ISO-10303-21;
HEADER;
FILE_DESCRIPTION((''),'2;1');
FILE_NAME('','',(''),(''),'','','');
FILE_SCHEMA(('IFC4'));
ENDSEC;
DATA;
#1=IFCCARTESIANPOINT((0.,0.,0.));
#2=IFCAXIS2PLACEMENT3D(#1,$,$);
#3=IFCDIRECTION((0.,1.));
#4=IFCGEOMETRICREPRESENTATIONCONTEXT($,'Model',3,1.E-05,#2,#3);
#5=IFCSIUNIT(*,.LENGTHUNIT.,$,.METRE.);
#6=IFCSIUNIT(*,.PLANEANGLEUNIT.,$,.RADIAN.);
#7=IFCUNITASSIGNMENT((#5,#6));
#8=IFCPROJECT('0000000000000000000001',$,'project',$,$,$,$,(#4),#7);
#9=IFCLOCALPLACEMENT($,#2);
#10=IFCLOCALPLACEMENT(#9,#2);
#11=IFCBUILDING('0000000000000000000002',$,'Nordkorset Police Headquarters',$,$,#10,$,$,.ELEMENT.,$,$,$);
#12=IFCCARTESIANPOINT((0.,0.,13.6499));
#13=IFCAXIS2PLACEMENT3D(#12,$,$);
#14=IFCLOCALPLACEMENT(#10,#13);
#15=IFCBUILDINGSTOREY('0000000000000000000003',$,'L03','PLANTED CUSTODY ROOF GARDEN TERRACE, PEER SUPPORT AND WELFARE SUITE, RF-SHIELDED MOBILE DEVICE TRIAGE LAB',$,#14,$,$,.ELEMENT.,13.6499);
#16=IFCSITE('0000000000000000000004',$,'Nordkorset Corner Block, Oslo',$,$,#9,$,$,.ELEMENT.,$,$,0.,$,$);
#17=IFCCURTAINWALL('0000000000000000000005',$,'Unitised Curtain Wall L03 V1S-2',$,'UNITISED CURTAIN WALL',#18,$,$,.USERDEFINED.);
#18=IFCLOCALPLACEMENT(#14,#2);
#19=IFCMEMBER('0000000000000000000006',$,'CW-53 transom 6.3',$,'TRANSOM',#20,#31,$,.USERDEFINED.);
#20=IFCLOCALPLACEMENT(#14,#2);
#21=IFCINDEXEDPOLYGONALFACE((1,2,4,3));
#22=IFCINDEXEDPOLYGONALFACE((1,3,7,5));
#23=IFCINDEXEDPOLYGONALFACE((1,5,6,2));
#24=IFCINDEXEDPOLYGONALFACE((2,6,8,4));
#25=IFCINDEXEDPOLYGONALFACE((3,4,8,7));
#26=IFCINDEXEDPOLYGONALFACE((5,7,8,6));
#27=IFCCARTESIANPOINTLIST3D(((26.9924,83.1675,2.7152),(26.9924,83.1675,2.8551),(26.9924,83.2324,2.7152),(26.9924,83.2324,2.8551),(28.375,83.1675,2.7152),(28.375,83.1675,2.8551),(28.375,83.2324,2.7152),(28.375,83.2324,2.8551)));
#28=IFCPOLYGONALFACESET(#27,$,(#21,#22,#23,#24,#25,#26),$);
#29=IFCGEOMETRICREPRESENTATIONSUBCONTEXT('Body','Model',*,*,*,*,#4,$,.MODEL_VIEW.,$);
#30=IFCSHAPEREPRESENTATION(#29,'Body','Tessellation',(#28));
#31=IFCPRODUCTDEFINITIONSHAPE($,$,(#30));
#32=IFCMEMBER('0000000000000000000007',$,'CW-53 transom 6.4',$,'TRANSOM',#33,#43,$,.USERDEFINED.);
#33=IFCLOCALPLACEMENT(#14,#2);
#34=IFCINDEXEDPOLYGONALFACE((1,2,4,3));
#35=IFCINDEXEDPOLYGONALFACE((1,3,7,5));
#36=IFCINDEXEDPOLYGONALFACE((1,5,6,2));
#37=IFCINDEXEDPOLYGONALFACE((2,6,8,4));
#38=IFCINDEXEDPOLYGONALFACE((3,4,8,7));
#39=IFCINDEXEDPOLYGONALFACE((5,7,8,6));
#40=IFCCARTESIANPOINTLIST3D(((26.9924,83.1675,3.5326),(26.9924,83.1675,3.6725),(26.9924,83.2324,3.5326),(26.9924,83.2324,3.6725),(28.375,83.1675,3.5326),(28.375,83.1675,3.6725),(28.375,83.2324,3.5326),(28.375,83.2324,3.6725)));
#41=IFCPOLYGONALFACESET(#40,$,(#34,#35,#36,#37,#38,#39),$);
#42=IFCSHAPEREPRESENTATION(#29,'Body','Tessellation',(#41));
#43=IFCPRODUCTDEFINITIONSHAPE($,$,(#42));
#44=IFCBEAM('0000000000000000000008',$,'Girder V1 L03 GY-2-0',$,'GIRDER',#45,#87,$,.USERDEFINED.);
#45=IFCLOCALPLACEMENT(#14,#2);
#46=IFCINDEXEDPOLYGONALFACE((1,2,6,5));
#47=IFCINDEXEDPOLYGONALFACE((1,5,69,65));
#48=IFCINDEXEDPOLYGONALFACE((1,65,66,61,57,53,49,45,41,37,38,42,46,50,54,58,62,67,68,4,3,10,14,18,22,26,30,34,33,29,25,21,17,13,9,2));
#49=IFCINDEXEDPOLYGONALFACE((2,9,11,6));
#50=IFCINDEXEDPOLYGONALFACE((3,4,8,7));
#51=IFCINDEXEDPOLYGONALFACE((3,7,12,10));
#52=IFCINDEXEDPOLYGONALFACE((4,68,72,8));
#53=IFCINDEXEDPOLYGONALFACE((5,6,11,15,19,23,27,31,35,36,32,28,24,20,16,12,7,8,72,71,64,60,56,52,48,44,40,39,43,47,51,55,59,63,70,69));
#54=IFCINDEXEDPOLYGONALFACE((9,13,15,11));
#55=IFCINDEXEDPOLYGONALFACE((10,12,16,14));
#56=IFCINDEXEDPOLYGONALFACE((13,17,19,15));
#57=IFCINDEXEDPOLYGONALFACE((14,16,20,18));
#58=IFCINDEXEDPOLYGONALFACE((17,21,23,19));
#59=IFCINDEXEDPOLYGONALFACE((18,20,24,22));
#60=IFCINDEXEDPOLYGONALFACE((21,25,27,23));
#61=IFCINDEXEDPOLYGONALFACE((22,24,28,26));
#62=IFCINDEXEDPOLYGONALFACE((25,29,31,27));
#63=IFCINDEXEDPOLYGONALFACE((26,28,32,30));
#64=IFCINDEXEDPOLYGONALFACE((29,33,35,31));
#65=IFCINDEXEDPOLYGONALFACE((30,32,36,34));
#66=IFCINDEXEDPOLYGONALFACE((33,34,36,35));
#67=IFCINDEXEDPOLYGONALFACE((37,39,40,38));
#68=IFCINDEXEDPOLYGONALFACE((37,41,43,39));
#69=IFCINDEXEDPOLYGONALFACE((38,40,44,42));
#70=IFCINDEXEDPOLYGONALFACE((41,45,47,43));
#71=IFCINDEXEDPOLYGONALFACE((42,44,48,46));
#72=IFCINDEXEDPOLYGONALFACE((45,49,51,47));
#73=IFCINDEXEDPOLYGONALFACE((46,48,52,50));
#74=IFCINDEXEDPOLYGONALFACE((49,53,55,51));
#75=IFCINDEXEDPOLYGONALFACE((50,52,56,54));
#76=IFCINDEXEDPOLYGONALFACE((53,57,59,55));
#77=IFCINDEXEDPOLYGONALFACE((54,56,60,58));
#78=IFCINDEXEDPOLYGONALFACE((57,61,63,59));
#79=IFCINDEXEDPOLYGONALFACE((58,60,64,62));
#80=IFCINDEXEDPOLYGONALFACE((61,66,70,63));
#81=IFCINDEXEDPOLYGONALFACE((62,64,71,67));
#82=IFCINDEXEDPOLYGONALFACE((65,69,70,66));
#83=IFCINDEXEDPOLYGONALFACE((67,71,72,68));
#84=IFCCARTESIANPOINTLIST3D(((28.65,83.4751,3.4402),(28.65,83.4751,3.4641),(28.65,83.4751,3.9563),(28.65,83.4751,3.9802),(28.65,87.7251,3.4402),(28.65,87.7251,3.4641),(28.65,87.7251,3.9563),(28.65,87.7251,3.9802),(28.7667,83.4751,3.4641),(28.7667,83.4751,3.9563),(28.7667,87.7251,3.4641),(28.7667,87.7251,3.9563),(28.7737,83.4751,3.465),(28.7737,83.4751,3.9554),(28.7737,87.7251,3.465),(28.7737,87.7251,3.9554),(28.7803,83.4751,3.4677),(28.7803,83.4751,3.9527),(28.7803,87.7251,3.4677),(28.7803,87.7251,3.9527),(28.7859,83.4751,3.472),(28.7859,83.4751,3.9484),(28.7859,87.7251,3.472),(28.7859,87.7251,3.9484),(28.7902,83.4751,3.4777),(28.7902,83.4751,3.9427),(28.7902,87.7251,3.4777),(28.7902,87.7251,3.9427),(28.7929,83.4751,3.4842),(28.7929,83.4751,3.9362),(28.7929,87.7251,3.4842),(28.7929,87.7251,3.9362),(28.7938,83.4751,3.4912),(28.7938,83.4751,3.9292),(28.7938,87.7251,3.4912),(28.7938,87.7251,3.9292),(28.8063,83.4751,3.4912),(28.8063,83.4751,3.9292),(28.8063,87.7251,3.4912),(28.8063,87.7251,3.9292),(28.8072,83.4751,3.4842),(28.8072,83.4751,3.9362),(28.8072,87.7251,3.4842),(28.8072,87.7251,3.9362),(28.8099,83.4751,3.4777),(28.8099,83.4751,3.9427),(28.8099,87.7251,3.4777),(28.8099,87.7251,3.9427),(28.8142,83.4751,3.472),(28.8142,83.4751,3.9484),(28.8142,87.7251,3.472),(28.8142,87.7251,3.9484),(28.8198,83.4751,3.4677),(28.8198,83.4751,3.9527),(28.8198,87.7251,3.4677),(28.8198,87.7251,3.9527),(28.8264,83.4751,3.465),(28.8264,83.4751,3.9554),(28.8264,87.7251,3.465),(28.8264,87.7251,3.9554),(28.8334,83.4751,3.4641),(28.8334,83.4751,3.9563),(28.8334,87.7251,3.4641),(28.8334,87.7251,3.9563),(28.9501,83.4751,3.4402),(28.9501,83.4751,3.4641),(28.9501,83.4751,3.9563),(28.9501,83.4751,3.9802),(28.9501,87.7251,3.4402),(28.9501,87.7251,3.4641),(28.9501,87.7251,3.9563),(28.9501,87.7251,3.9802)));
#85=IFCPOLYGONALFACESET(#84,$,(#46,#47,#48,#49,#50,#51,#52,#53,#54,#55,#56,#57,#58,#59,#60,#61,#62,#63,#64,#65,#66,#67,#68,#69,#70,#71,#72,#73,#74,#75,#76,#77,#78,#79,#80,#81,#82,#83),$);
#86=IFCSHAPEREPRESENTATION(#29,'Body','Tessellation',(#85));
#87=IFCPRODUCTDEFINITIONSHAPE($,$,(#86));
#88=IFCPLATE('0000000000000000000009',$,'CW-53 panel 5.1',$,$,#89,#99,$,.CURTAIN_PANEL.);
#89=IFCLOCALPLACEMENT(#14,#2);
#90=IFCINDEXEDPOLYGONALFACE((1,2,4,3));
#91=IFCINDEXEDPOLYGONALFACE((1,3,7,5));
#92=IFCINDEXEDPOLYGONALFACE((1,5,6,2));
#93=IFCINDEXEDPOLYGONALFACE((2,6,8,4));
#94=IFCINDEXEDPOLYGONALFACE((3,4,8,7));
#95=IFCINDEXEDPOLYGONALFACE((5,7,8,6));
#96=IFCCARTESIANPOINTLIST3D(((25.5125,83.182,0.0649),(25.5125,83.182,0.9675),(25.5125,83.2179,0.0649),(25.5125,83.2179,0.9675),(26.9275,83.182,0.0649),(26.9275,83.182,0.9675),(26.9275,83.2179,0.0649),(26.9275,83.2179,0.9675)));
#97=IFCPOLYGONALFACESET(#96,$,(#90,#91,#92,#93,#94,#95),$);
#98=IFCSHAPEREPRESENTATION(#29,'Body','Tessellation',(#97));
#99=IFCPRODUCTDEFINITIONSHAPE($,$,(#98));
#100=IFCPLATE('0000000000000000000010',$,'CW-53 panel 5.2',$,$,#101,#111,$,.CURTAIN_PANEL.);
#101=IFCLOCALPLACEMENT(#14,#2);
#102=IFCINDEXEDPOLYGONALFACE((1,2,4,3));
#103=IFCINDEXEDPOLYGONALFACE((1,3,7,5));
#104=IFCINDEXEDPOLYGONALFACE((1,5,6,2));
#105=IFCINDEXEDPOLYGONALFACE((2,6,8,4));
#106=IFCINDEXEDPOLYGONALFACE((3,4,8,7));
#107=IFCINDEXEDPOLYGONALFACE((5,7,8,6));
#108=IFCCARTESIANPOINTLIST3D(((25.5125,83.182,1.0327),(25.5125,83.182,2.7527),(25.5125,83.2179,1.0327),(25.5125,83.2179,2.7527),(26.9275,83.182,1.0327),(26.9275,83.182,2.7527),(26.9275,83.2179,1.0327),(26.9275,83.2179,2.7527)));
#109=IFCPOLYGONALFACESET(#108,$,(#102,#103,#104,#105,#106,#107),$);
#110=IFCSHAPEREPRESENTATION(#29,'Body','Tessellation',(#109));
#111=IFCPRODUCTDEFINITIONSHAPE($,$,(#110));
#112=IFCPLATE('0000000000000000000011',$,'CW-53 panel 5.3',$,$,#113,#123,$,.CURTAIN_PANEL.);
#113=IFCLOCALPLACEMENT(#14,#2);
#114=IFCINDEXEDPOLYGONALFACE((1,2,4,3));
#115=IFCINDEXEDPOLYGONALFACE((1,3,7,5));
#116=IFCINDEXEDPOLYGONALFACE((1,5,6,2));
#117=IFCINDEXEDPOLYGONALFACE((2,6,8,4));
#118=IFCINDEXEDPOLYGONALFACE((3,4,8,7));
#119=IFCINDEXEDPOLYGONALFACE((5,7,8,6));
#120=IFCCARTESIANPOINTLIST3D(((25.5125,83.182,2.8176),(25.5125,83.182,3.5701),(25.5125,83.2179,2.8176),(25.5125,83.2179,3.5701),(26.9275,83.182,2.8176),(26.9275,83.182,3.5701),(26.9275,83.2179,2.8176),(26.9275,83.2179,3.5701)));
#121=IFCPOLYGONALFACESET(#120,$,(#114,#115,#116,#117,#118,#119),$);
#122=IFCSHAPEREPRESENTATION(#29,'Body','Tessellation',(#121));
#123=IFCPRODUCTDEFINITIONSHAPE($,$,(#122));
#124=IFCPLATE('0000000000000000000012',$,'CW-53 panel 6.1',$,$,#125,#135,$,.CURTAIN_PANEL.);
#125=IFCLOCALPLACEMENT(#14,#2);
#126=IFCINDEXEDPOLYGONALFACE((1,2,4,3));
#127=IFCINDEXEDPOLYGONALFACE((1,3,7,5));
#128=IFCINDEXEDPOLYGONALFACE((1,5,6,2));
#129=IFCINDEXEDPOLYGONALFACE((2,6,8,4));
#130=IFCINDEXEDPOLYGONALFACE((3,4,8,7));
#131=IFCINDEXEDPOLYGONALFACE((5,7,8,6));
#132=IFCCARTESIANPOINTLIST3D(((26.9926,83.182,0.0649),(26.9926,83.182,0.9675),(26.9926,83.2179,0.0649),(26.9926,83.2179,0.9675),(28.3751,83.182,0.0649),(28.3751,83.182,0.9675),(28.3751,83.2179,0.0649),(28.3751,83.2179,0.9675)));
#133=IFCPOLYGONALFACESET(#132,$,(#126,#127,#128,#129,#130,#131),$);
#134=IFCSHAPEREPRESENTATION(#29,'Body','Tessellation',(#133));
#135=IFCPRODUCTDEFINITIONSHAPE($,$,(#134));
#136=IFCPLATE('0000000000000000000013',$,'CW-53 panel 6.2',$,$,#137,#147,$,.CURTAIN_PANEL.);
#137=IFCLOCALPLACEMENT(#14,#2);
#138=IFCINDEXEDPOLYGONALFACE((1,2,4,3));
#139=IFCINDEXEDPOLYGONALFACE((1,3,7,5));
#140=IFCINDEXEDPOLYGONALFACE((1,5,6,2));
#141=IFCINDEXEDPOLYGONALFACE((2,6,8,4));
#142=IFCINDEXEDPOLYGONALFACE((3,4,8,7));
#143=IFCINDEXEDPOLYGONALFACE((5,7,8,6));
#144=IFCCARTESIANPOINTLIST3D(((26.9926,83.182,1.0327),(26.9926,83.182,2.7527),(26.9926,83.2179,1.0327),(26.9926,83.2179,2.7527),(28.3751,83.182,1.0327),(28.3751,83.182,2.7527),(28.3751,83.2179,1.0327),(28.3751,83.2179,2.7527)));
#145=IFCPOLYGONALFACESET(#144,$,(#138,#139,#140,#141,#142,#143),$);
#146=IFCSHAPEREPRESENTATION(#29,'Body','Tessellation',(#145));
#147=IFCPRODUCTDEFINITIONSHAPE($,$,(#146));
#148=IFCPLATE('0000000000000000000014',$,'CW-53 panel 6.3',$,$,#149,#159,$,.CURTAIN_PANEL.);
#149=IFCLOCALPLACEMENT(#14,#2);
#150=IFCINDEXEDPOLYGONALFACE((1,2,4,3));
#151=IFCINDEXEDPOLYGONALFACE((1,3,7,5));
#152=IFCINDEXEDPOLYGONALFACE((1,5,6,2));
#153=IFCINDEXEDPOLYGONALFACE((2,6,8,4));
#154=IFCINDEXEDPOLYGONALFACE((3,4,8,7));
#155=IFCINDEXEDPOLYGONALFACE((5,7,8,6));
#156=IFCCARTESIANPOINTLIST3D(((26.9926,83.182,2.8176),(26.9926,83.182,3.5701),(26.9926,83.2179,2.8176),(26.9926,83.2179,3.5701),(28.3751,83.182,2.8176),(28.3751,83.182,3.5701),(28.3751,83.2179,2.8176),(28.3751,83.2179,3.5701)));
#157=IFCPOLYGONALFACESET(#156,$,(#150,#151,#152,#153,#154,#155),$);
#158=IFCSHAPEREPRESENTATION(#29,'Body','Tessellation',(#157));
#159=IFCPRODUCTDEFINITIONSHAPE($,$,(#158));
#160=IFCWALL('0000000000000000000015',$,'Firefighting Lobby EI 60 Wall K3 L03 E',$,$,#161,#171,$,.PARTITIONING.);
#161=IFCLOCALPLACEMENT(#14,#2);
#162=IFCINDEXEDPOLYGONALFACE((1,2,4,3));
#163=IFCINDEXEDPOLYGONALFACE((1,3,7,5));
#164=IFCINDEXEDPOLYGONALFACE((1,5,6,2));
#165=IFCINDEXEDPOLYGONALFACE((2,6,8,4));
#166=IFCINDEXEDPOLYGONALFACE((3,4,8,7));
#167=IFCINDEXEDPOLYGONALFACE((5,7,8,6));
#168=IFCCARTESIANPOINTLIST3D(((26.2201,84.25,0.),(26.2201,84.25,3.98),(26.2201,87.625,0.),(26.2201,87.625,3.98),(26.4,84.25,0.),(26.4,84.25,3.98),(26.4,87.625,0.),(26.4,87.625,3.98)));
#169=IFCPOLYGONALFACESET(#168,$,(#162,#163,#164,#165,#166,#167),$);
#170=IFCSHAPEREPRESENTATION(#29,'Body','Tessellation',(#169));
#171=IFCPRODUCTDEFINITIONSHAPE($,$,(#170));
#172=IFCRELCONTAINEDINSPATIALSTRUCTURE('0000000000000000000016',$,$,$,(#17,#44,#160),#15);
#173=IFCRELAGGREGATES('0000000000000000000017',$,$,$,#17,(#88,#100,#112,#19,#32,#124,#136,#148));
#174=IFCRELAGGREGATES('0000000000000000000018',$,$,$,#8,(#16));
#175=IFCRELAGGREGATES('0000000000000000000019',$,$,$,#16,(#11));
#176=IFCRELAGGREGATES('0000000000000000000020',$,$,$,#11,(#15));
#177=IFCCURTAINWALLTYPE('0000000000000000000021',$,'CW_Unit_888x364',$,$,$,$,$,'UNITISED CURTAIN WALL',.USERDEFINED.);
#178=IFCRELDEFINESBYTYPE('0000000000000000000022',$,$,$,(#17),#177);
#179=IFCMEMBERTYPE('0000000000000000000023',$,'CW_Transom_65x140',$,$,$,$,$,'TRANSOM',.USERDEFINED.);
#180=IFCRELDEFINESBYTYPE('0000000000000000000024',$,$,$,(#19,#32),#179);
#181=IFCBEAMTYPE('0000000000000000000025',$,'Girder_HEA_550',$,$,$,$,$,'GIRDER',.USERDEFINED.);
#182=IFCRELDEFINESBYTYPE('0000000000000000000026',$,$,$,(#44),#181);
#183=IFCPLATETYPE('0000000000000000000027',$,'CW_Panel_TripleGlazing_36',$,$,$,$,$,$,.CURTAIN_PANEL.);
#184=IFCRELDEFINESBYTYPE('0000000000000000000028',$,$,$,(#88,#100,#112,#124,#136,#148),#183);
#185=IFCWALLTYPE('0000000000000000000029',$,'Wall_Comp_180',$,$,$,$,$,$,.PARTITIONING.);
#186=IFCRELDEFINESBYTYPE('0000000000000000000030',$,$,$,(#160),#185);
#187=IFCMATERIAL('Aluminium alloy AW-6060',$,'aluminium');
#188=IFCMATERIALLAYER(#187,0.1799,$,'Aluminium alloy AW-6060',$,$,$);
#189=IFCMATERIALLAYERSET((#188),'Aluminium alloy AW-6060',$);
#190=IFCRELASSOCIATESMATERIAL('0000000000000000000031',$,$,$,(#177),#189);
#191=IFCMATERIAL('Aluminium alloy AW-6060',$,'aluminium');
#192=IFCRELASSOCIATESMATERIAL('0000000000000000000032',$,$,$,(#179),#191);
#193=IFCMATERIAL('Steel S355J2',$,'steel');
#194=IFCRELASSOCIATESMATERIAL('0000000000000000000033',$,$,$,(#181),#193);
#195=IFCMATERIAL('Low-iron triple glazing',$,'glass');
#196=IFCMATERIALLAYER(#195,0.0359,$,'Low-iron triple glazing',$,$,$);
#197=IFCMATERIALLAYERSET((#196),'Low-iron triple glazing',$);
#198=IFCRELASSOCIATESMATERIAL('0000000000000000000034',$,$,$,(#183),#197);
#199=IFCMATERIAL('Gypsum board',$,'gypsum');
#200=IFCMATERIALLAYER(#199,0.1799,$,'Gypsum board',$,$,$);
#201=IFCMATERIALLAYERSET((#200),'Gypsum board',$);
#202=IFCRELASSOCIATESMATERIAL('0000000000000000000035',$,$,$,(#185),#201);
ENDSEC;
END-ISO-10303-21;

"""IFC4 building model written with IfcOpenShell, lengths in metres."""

from ifc_helpers import new_model, si_unit, direction, frame, frame_2d, origin, origin_2d, place, context, subcontext, project, spatial, rectangle, i_section, extrude, material, layer, layer_set, material_profile, profile_set, type_object, element, aggregate, save


model = new_model("IFC4")

# Units and contexts
model_context = context("Model", 3, precision=1e-05, world=origin(), true_north=direction((0.0, 1.0)))
body_context = subcontext(model_context, "Body", "Model", "MODEL_VIEW")
ifc_project = project(units=[si_unit("LENGTHUNIT", "METRE"), si_unit("PLANEANGLEUNIT", "RADIAN")], contexts=[model_context])

# Site, building, storey
site_placement = place(None, origin())
site = spatial("IfcSite", under=ifc_project, at=site_placement, Name="Nordkorset Corner Block, Oslo", CompositionType="ELEMENT", RefElevation=0.0)
building_placement = place(site_placement, origin())
building = spatial("IfcBuilding", under=site, at=building_placement, Name="Nordkorset Police Headquarters", CompositionType="ELEMENT")
storey_placement = place(building_placement, frame((0.0, 0.0, 13.6499)))
storey = spatial("IfcBuildingStorey", under=building, at=storey_placement, Name="L03", Description="PLANTED CUSTODY ROOF GARDEN TERRACE, PEER SUPPORT AND WELFARE SUITE, RF-SHIELDED MOBILE DEVICE TRIAGE LAB", CompositionType="ELEMENT", Elevation=13.6499)

# Curtain wall
ifc_material_1 = material(Name="Aluminium alloy AW-6060", Category="aluminium")
ifc_layer_1 = layer(ifc_material_1, 0.1799, Name="Aluminium alloy AW-6060")
ifc_layer_set_1 = layer_set([ifc_layer_1], Name="Aluminium alloy AW-6060")
curtain_wall_type_1 = type_object("IfcCurtainWallType", Name="CW_Unit_888x364", ElementType="UNITISED CURTAIN WALL", PredefinedType="USERDEFINED", material=ifc_layer_set_1)
curtain_wall_1_placement = place(storey_placement, origin())
curtain_wall_1 = element("IfcCurtainWall", 1, at=curtain_wall_1_placement, inside=storey, type_object=curtain_wall_type_1, Name="Unitised Curtain Wall L03 V1S-2", ObjectType="UNITISED CURTAIN WALL", PredefinedType="USERDEFINED")

# Members
ifc_material_2 = material(Name="Aluminium alloy AW-6060", Category="aluminium")
ifc_material_profile_1 = material_profile(ifc_material_2, rectangle(XDim=0.0649, YDim=0.1399, at=origin_2d()), Name="ALU TRAN 65x140")
ifc_profile_set_1 = profile_set([ifc_material_profile_1], Name="Aluminium alloy AW-6060")
member_type_1 = type_object("IfcMemberType", Name="CW_Transom_65x140", ElementType="TRANSOM", PredefinedType="USERDEFINED", material=ifc_profile_set_1)
member_1_placement = place(storey_placement, frame((26.9924, 83.2, 2.7852), z_axis=(1.0, 0.0, 0.0), x_axis=(0.0, 1.0, 0.0)))
member_1 = element("IfcMember", 2, at=member_1_placement, type_object=member_type_1, Name="CW-53 transom 6.3", ObjectType="TRANSOM", PredefinedType="USERDEFINED", context=body_context, shape_type="SweptSolid", body=[
    extrude(rectangle(XDim=0.0649, YDim=0.1399, at=origin_2d()), origin(), (0.0, 0.0, 1.0), 1.3826),
])
member_2_placement = place(storey_placement, frame((26.9924, 83.2, 3.6025), z_axis=(1.0, 0.0, 0.0), x_axis=(0.0, 1.0, 0.0)))
member_2 = element("IfcMember", 3, at=member_2_placement, type_object=member_type_1, Name="CW-53 transom 6.4", ObjectType="TRANSOM", PredefinedType="USERDEFINED", context=body_context, shape_type="SweptSolid", body=[
    extrude(rectangle(XDim=0.0649, YDim=0.1399, at=origin_2d()), origin(), (0.0, 0.0, 1.0), 1.3826),
])

# Beam
ifc_material_3 = material(Name="Steel S355J2", Category="steel")
ifc_material_profile_2 = material_profile(ifc_material_3, i_section(OverallWidth=0.3, OverallDepth=0.54, WebThickness=0.0125, FlangeThickness=0.0239, FilletRadius=0.0271, at=origin_2d()), Name="HEA 550")
ifc_profile_set_2 = profile_set([ifc_material_profile_2], Name="Steel S355J2")
beam_type = type_object("IfcBeamType", Name="Girder_HEA_550", ElementType="GIRDER", PredefinedType="USERDEFINED", material=ifc_profile_set_2)
beam_placement = place(storey_placement, frame((28.8, 83.4751, 3.7102), z_axis=(0.0, 1.0, 0.0), x_axis=(-1.0, 0.0, 0.0)))
element("IfcBeam", 4, at=beam_placement, inside=storey, type_object=beam_type, Name="Girder V1 L03 GY-2-0", ObjectType="GIRDER", PredefinedType="USERDEFINED", context=body_context, shape_type="SweptSolid", body=[
    extrude(i_section(OverallWidth=0.3, OverallDepth=0.54, WebThickness=0.0125, FlangeThickness=0.0239, FilletRadius=0.0271, at=origin_2d()), origin(), (0.0, 0.0, 1.0), 4.25),
])

# Plates
ifc_material_4 = material(Name="Low-iron triple glazing", Category="glass")
ifc_layer_2 = layer(ifc_material_4, 0.0359, Name="Low-iron triple glazing")
ifc_layer_set_2 = layer_set([ifc_layer_2], Name="Low-iron triple glazing")
plate_type = type_object("IfcPlateType", Name="CW_Panel_TripleGlazing_36", PredefinedType="CURTAIN_PANEL", material=ifc_layer_set_2)
plate_1_placement = place(storey_placement, frame((26.22, 83.2, 0.0649), z_axis=(0.0, 0.0, 1.0), x_axis=(1.0, 0.0, 0.0)))
plate_1 = element("IfcPlate", 5, at=plate_1_placement, type_object=plate_type, Name="CW-53 panel 5.1", PredefinedType="CURTAIN_PANEL", context=body_context, shape_type="SweptSolid", body=[
    extrude(rectangle(XDim=1.415, YDim=0.0359, at=origin_2d()), origin(), (0.0, 0.0, 1.0), 0.9026),
])
plate_2_placement = place(storey_placement, frame((26.22, 83.2, 1.0327), z_axis=(0.0, 0.0, 1.0), x_axis=(1.0, 0.0, 0.0)))
plate_2 = element("IfcPlate", 6, at=plate_2_placement, type_object=plate_type, Name="CW-53 panel 5.2", PredefinedType="CURTAIN_PANEL", context=body_context, shape_type="SweptSolid", body=[
    extrude(rectangle(XDim=1.415, YDim=0.0359, at=origin_2d()), origin(), (0.0, 0.0, 1.0), 1.72),
])
plate_3_placement = place(storey_placement, frame((26.22, 83.2, 2.8176), z_axis=(0.0, 0.0, 1.0), x_axis=(1.0, 0.0, 0.0)))
plate_3 = element("IfcPlate", 7, at=plate_3_placement, type_object=plate_type, Name="CW-53 panel 5.3", PredefinedType="CURTAIN_PANEL", context=body_context, shape_type="SweptSolid", body=[
    extrude(rectangle(XDim=1.415, YDim=0.0359, at=origin_2d()), origin(), (0.0, 0.0, 1.0), 0.7524),
])
plate_4_placement = place(storey_placement, frame((27.6838, 83.2, 0.0649), z_axis=(0.0, 0.0, 1.0), x_axis=(1.0, 0.0, 0.0)))
plate_4 = element("IfcPlate", 8, at=plate_4_placement, type_object=plate_type, Name="CW-53 panel 6.1", PredefinedType="CURTAIN_PANEL", context=body_context, shape_type="SweptSolid", body=[
    extrude(rectangle(XDim=1.3826, YDim=0.0359, at=origin_2d()), origin(), (0.0, 0.0, 1.0), 0.9026),
])
plate_5_placement = place(storey_placement, frame((27.6838, 83.2, 1.0327), z_axis=(0.0, 0.0, 1.0), x_axis=(1.0, 0.0, 0.0)))
plate_5 = element("IfcPlate", 9, at=plate_5_placement, type_object=plate_type, Name="CW-53 panel 6.2", PredefinedType="CURTAIN_PANEL", context=body_context, shape_type="SweptSolid", body=[
    extrude(rectangle(XDim=1.3826, YDim=0.0359, at=origin_2d()), origin(), (0.0, 0.0, 1.0), 1.72),
])
plate_6_placement = place(storey_placement, frame((27.6838, 83.2, 2.8176), z_axis=(0.0, 0.0, 1.0), x_axis=(1.0, 0.0, 0.0)))
plate_6 = element("IfcPlate", 10, at=plate_6_placement, type_object=plate_type, Name="CW-53 panel 6.3", PredefinedType="CURTAIN_PANEL", context=body_context, shape_type="SweptSolid", body=[
    extrude(rectangle(XDim=1.3826, YDim=0.0359, at=origin_2d()), origin(), (0.0, 0.0, 1.0), 0.7524),
])
aggregate(curtain_wall_1, [plate_1, plate_2, plate_3, member_1, member_2, plate_4, plate_5, plate_6])

# Wall
ifc_material_5 = material(Name="Gypsum board", Category="gypsum")
ifc_layer_3 = layer(ifc_material_5, 0.1799, Name="Gypsum board")
ifc_layer_set_3 = layer_set([ifc_layer_3], Name="Gypsum board")
wall_type = type_object("IfcWallType", Name="Wall_Comp_180", PredefinedType="PARTITIONING", material=ifc_layer_set_3)
wall_placement = place(storey_placement, frame((26.3101, 84.25, 0.0), z_axis=(0.0, 0.0, 1.0), x_axis=(0.0, 1.0, 0.0)))
element("IfcWall", 11, at=wall_placement, inside=storey, type_object=wall_type, Name="Firefighting Lobby EI 60 Wall K3 L03 E", PredefinedType="PARTITIONING", context=body_context, shape_type="SweptSolid", body=[
    extrude(rectangle(XDim=3.375, YDim=0.1799, at=frame_2d((1.6875, 0.0))), origin(), (0.0, 0.0, 1.0), 3.98),
])

save(model, "model.ifc")
